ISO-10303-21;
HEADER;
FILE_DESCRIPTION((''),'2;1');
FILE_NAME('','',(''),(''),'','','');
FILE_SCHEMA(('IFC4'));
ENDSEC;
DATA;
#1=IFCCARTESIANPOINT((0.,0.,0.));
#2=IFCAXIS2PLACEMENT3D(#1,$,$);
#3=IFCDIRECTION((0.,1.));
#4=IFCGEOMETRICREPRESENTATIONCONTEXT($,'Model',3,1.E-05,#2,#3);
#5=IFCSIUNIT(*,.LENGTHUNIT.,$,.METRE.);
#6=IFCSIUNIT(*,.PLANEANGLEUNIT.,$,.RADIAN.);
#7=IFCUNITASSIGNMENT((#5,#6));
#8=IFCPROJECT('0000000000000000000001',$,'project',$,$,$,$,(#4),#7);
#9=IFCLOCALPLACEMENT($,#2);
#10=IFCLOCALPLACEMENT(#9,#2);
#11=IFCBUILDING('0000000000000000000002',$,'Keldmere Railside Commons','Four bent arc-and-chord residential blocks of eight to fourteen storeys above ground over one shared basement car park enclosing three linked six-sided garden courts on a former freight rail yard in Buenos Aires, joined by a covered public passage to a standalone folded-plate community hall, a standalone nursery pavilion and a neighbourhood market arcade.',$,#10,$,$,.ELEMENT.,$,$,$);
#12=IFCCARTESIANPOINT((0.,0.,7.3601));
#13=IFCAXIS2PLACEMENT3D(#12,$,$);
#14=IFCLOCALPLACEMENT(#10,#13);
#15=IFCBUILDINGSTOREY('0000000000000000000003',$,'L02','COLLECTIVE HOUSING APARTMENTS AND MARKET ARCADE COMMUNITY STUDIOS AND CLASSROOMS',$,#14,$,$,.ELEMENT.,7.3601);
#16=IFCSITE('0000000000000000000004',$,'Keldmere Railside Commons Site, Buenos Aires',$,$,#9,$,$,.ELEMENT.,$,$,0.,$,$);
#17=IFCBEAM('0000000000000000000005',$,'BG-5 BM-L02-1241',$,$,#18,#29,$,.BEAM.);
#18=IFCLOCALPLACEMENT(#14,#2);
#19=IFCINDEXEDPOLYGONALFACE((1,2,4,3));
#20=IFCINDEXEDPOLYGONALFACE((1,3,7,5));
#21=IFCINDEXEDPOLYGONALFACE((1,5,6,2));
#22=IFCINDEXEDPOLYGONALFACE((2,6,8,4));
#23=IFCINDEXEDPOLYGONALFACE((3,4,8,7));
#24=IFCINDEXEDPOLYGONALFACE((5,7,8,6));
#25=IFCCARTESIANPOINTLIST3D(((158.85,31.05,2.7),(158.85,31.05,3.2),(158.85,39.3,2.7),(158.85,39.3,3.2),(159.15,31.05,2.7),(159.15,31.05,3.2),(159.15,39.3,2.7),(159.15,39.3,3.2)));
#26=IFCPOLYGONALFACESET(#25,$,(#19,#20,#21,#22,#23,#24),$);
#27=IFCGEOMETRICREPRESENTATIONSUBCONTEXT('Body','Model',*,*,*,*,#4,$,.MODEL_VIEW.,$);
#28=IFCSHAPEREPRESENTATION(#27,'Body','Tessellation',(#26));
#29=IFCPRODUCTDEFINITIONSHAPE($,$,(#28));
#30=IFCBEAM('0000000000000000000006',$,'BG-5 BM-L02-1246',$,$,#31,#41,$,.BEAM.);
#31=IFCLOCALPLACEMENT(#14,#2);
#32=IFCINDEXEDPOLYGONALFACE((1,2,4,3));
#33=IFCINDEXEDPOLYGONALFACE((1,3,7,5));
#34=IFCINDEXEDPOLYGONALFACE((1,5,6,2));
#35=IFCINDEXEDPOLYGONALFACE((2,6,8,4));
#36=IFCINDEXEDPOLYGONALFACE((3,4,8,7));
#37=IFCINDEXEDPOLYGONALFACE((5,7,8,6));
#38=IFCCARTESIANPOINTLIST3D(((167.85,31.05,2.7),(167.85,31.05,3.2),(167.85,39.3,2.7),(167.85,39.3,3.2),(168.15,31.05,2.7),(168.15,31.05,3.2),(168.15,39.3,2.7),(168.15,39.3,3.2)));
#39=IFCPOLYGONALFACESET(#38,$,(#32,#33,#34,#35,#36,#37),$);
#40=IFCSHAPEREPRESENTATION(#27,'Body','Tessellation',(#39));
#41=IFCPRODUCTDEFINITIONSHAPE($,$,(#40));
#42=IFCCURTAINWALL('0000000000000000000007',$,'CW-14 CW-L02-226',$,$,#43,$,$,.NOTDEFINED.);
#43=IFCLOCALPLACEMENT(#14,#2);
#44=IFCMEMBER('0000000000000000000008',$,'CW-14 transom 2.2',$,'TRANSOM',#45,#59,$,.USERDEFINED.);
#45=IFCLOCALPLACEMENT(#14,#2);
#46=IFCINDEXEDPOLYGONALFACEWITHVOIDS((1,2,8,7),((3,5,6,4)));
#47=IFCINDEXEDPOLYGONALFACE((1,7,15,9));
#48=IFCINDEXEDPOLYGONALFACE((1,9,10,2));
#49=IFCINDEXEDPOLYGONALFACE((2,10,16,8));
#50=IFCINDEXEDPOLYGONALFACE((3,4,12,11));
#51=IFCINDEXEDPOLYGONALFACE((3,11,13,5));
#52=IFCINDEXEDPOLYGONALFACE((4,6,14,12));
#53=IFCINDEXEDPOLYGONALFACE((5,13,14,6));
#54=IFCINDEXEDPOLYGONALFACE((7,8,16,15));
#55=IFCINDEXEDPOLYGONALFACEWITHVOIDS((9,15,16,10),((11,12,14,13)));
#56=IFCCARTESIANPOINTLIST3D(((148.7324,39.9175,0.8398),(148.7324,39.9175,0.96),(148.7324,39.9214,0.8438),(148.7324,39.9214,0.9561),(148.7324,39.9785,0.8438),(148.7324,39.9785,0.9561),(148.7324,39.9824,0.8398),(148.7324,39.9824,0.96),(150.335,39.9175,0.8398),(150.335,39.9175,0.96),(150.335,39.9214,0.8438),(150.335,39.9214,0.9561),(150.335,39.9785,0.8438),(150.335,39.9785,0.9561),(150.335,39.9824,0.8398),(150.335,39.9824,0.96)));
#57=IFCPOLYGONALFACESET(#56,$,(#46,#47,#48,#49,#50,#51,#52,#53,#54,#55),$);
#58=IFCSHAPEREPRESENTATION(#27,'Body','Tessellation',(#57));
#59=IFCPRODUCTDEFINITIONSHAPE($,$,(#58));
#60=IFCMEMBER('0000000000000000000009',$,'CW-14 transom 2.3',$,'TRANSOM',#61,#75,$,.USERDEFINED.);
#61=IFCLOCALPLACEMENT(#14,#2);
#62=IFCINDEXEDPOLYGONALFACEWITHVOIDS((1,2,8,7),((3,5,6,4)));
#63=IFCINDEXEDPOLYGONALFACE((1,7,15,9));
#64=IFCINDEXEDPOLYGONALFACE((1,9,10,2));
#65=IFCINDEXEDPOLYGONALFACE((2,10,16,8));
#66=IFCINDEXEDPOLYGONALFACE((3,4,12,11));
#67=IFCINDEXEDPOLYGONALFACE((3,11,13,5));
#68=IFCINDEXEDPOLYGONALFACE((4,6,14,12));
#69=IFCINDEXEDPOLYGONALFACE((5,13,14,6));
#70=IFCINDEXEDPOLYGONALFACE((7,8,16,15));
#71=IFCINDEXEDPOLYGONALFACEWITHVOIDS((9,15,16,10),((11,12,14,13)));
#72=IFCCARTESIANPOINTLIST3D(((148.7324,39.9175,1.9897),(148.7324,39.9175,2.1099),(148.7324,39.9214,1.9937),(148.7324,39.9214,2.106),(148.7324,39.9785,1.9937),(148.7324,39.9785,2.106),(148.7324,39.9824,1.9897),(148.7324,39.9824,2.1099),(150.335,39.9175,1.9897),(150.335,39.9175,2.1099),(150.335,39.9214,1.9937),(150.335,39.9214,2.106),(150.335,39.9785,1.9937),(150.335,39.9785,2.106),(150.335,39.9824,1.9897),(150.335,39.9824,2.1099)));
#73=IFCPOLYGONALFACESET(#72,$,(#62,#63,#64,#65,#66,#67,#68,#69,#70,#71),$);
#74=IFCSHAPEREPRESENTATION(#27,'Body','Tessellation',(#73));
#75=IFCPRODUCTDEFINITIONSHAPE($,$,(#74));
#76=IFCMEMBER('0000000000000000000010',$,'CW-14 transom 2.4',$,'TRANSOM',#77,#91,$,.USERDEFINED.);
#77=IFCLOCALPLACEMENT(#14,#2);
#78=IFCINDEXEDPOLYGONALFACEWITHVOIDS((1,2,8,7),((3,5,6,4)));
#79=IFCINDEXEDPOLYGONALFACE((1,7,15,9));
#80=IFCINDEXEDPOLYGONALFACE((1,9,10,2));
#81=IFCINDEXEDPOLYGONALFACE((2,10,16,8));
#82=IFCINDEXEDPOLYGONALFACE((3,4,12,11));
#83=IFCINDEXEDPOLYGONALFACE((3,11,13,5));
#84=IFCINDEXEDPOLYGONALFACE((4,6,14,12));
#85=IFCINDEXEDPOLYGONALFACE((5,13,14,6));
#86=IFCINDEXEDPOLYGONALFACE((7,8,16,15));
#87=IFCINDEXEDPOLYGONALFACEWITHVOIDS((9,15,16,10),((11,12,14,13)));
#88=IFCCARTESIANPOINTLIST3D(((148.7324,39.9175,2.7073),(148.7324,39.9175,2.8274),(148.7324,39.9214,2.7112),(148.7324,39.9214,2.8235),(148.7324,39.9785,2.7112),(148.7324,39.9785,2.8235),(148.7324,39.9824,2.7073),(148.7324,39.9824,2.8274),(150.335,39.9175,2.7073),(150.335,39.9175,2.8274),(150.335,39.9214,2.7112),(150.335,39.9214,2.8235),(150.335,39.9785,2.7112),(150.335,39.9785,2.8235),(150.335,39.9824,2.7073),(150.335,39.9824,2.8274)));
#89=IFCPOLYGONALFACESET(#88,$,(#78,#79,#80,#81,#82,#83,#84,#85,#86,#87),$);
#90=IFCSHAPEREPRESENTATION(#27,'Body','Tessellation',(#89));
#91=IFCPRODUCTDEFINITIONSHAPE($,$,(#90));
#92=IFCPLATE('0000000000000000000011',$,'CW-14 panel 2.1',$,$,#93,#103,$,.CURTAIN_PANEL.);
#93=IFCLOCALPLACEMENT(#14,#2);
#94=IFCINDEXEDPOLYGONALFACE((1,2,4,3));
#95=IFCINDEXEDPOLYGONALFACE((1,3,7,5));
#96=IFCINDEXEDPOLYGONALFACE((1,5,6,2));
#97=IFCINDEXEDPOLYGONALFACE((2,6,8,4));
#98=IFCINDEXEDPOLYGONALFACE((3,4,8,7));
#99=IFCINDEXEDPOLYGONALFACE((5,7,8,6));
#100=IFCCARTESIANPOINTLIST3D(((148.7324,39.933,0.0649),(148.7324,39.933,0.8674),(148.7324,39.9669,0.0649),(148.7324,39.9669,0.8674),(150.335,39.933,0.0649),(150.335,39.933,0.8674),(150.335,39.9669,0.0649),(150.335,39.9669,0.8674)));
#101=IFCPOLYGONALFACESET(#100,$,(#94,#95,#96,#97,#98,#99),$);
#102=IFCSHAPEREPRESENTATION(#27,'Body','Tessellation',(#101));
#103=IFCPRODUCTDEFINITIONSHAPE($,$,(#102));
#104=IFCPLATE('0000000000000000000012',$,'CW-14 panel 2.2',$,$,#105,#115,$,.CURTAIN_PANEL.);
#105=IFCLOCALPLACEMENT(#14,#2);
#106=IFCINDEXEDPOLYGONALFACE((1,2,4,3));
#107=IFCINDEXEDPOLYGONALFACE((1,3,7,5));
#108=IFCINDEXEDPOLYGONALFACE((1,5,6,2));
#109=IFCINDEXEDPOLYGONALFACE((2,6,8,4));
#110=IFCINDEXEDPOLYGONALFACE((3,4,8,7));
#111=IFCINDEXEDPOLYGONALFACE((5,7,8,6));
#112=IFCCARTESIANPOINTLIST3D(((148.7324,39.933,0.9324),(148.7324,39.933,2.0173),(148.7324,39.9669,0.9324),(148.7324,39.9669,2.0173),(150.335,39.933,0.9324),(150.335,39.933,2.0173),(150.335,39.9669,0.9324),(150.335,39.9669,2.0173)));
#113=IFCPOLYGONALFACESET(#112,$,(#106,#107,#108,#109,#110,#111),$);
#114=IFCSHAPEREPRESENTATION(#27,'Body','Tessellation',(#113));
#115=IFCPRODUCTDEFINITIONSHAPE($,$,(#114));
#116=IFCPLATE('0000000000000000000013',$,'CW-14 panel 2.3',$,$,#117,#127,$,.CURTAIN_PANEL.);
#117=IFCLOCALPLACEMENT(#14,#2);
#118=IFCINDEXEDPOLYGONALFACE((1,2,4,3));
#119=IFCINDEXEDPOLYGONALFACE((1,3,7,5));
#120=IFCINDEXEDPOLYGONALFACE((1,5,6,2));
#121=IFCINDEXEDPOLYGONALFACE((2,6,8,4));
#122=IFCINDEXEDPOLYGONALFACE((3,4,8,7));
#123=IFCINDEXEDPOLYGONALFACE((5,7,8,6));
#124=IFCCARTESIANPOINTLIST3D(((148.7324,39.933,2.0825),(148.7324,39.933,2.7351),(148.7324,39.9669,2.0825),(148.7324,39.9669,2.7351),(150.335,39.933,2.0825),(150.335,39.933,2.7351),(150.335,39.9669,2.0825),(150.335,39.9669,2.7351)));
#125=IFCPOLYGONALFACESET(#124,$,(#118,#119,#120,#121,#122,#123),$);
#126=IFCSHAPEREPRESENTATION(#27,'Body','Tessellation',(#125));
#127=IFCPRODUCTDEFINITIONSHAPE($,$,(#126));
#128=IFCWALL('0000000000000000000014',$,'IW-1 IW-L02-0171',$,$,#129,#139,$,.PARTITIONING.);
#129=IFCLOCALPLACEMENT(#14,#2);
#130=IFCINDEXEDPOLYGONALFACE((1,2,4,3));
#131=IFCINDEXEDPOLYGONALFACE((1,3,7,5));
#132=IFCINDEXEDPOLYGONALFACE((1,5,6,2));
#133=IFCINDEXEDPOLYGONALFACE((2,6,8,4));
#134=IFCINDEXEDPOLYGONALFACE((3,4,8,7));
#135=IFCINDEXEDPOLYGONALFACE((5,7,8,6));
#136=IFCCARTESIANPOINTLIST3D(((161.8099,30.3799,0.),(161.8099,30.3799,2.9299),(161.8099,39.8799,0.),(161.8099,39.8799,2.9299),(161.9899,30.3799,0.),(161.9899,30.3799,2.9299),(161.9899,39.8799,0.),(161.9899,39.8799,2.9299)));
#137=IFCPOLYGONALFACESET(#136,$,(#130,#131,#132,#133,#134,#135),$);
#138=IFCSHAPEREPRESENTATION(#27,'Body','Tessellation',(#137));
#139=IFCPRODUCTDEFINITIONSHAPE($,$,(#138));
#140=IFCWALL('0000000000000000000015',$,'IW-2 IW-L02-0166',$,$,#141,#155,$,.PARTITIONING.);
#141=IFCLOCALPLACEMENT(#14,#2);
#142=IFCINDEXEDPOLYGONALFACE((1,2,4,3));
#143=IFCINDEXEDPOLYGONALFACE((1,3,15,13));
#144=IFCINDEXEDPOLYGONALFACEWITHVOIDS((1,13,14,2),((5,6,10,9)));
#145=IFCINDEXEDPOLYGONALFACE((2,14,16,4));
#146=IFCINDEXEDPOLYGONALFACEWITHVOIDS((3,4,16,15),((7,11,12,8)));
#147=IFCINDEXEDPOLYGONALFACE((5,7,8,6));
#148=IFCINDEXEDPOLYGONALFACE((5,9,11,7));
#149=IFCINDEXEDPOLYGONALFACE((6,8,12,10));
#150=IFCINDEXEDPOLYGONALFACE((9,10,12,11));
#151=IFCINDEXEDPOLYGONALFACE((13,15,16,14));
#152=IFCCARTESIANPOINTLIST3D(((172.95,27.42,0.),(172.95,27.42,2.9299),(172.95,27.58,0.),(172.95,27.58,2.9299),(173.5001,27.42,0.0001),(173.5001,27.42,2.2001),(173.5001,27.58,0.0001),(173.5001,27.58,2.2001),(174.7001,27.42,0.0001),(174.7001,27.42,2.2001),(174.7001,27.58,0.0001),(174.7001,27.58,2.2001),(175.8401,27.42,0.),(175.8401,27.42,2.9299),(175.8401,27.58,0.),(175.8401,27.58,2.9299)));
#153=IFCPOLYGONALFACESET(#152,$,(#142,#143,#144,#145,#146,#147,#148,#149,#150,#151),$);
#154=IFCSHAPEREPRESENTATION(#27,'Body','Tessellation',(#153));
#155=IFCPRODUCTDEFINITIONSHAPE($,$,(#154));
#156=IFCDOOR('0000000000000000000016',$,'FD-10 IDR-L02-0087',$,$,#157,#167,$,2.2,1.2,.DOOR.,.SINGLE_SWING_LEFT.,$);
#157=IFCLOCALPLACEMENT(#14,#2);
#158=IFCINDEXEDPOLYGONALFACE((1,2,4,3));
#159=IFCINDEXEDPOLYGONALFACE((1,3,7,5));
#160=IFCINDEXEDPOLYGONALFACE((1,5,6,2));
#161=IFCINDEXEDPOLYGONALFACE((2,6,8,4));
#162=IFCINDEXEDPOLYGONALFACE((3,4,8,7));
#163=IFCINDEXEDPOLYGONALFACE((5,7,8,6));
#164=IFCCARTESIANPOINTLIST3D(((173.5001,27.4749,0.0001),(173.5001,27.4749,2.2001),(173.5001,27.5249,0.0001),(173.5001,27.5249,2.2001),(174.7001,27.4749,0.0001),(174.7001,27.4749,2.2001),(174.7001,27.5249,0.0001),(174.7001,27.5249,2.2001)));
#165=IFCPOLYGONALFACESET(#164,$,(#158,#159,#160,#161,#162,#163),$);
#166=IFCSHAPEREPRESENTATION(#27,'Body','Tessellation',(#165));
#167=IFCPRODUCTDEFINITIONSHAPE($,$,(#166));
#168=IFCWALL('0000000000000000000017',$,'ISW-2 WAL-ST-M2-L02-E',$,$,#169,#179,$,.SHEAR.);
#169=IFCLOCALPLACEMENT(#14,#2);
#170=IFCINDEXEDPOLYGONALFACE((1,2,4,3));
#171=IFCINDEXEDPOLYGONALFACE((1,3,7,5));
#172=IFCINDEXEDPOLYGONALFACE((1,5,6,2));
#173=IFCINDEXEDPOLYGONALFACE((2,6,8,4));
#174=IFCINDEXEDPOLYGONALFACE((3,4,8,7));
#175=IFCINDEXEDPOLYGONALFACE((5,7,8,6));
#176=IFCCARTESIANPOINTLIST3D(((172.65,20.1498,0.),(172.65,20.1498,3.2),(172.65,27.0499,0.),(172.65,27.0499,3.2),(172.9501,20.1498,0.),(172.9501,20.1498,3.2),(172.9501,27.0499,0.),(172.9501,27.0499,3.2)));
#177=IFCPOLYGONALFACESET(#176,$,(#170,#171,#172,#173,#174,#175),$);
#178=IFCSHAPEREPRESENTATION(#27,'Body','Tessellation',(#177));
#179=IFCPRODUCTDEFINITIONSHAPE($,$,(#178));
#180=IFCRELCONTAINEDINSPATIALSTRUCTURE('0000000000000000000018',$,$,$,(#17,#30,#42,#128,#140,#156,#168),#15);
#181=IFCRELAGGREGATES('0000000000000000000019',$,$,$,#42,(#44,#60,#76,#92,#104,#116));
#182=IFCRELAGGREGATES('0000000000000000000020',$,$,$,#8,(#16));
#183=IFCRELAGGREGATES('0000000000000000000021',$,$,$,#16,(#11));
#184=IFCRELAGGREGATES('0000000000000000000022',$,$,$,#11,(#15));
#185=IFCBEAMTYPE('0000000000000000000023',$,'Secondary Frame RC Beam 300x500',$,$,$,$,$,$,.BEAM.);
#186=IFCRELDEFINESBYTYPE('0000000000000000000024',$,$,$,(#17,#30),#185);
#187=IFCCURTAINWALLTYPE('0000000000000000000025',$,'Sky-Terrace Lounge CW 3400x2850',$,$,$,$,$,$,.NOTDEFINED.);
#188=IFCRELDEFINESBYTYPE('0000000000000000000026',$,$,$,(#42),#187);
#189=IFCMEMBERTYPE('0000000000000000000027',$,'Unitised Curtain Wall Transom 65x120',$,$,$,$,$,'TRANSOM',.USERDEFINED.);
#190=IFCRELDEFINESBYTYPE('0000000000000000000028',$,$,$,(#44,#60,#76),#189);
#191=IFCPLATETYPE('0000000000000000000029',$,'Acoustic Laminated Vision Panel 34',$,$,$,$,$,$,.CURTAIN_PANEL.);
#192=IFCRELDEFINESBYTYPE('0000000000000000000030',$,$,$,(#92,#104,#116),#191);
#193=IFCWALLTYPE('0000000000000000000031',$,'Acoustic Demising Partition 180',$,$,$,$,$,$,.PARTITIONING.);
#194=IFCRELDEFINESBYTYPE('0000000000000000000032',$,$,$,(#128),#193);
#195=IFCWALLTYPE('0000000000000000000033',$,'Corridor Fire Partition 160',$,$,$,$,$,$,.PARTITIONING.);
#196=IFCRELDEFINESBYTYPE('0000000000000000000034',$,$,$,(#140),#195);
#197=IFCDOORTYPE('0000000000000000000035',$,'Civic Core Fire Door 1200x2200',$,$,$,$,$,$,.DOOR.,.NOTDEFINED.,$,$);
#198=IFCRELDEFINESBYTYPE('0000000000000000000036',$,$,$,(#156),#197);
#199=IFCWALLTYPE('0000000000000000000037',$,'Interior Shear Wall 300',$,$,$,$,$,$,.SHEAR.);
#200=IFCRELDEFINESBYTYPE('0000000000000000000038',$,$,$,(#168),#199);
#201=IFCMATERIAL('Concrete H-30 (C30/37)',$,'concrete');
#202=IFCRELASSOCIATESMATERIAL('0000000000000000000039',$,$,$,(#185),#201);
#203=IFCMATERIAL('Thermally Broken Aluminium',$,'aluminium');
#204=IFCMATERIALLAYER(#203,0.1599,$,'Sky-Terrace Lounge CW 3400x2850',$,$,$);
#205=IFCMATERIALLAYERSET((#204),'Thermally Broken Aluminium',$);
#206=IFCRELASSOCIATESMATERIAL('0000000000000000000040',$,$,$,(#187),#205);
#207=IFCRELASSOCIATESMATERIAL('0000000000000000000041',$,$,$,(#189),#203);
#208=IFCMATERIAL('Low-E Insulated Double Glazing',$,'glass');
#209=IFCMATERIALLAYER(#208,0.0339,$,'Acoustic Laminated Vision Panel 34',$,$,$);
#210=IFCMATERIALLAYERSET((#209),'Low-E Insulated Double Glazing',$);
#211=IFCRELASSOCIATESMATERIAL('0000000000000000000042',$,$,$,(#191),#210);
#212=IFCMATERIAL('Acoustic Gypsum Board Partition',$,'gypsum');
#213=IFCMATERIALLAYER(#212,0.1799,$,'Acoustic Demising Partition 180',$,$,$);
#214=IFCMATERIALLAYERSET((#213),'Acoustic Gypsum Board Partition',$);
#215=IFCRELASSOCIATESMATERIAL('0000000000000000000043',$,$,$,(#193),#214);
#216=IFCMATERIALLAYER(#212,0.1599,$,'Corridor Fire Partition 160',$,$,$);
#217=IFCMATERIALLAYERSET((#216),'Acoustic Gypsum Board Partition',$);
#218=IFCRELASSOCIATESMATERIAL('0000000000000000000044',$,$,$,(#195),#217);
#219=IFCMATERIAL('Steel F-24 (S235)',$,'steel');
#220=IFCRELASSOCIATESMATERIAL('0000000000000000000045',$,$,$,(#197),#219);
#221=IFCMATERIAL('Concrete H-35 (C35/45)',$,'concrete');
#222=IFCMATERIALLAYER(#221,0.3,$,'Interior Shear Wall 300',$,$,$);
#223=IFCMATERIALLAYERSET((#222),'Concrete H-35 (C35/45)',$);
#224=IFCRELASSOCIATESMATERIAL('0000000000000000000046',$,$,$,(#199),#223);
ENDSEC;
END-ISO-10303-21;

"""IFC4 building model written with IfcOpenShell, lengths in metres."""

from ifc_helpers import new_model, si_unit, direction, frame, frame_2d, origin, origin_2d, place, context, subcontext, project, spatial, rectangle, hollow_rectangle, extrude, material, layer, layer_set, material_profile, profile_set, type_object, element, fill, aggregate, save


model = new_model("IFC4")

# Units and contexts
model_context = context("Model", 3, precision=1e-05, world=origin(), true_north=direction((0.0, 1.0)))
body_context = subcontext(model_context, "Body", "Model", "MODEL_VIEW")
ifc_project = project(units=[si_unit("LENGTHUNIT", "METRE"), si_unit("PLANEANGLEUNIT", "RADIAN")], contexts=[model_context])

# Site, building, storey
site_placement = place(None, origin())
site = spatial("IfcSite", under=ifc_project, at=site_placement, Name="Keldmere Railside Commons Site, Buenos Aires", CompositionType="ELEMENT", RefElevation=0.0)
building_placement = place(site_placement, origin())
building = spatial("IfcBuilding", under=site, at=building_placement, Name="Keldmere Railside Commons", Description="Four bent arc-and-chord residential blocks of eight to fourteen storeys above ground over one shared basement car park enclosing three linked six-sided garden courts on a former freight rail yard in Buenos Aires, joined by a covered public passage to a standalone folded-plate community hall, a standalone nursery pavilion and a neighbourhood market arcade.", CompositionType="ELEMENT")
storey_placement = place(building_placement, frame((0.0, 0.0, 7.3601)))
storey = spatial("IfcBuildingStorey", under=building, at=storey_placement, Name="L02", Description="COLLECTIVE HOUSING APARTMENTS AND MARKET ARCADE COMMUNITY STUDIOS AND CLASSROOMS", CompositionType="ELEMENT", Elevation=7.3601)

# Shared definitions
ifc_material_1 = material(Name="Concrete H-35 (C35/45)", Category="concrete")

# Beams
ifc_material_2 = material(Name="Concrete H-30 (C30/37)", Category="concrete")
ifc_material_profile_1 = material_profile(ifc_material_2, rectangle(XDim=0.3, YDim=0.5, at=origin_2d()), Name="RC-300x500")
ifc_profile_set_1 = profile_set([ifc_material_profile_1], Name="Concrete H-30 (C30/37)")
beam_type_1 = type_object("IfcBeamType", Name="Secondary Frame RC Beam 300x500", PredefinedType="BEAM", material=ifc_profile_set_1)
for number, where, z_axis, x_axis, name in (
    (1, (159.0, 31.05, 2.95), (0.0, 1.0, 0.0), (-1.0, 0.0, 0.0), "BG-5 BM-L02-1241"),
    (2, (168.0, 31.05, 2.95), (0.0, 1.0, 0.0), (-1.0, 0.0, 0.0), "BG-5 BM-L02-1246"),
):
    element("IfcBeam", number, at=place(storey_placement, frame(where, z_axis=z_axis, x_axis=x_axis)), inside=storey, type_object=beam_type_1, Name=name, PredefinedType="BEAM", context=body_context, shape_type="SweptSolid", body=[
        extrude(rectangle(XDim=0.3, YDim=0.5, at=origin_2d()), origin(), (0.0, 0.0, 1.0), 8.25),
    ])

# Curtain wall, members, plates
ifc_material_3 = material(Name="Thermally Broken Aluminium", Category="aluminium")
ifc_layer_1 = layer(ifc_material_3, 0.1599, Name="Sky-Terrace Lounge CW 3400x2850")
ifc_layer_set_1 = layer_set([ifc_layer_1], Name="Thermally Broken Aluminium")
curtain_wall_type = type_object("IfcCurtainWallType", Name="Sky-Terrace Lounge CW 3400x2850", PredefinedType="NOTDEFINED", material=ifc_layer_set_1)
curtain_wall_placement = place(storey_placement, origin())
curtain_wall = element("IfcCurtainWall", 3, at=curtain_wall_placement, inside=storey, type_object=curtain_wall_type, Name="CW-14 CW-L02-226", PredefinedType="NOTDEFINED")
ifc_material_profile_2 = material_profile(ifc_material_3, hollow_rectangle(XDim=0.0649, YDim=0.1201, WallThickness=0.0039, at=origin_2d()), Name="ALU-TRAN-65x120")
ifc_profile_set_2 = profile_set([ifc_material_profile_2], Name="Thermally Broken Aluminium")
member_type = type_object("IfcMemberType", Name="Unitised Curtain Wall Transom 65x120", ElementType="TRANSOM", PredefinedType="USERDEFINED", material=ifc_profile_set_2)
member_1_placement = place(storey_placement, frame((148.7324, 39.95, 0.8999), z_axis=(1.0, 0.0, 0.0), x_axis=(0.0, 1.0, 0.0)))
member_1 = element("IfcMember", 4, at=member_1_placement, type_object=member_type, Name="CW-14 transom 2.2", ObjectType="TRANSOM", PredefinedType="USERDEFINED", context=body_context, shape_type="SweptSolid", body=[
    extrude(hollow_rectangle(XDim=0.0649, YDim=0.1201, WallThickness=0.0039, at=origin_2d()), origin(), (0.0, 0.0, 1.0), 1.6025),
])
member_2_placement = place(storey_placement, frame((148.7324, 39.95, 2.0498), z_axis=(1.0, 0.0, 0.0), x_axis=(0.0, 1.0, 0.0)))
member_2 = element("IfcMember", 5, at=member_2_placement, type_object=member_type, Name="CW-14 transom 2.3", ObjectType="TRANSOM", PredefinedType="USERDEFINED", context=body_context, shape_type="SweptSolid", body=[
    extrude(hollow_rectangle(XDim=0.0649, YDim=0.1201, WallThickness=0.0039, at=origin_2d()), origin(), (0.0, 0.0, 1.0), 1.6025),
])
member_3_placement = place(storey_placement, frame((148.7324, 39.95, 2.7673), z_axis=(1.0, 0.0, 0.0), x_axis=(0.0, 1.0, 0.0)))
member_3 = element("IfcMember", 6, at=member_3_placement, type_object=member_type, Name="CW-14 transom 2.4", ObjectType="TRANSOM", PredefinedType="USERDEFINED", context=body_context, shape_type="SweptSolid", body=[
    extrude(hollow_rectangle(XDim=0.0649, YDim=0.1201, WallThickness=0.0039, at=origin_2d()), origin(), (0.0, 0.0, 1.0), 1.6025),
])
ifc_material_4 = material(Name="Low-E Insulated Double Glazing", Category="glass")
ifc_layer_2 = layer(ifc_material_4, 0.0339, Name="Acoustic Laminated Vision Panel 34")
ifc_layer_set_2 = layer_set([ifc_layer_2], Name="Low-E Insulated Double Glazing")
plate_type = type_object("IfcPlateType", Name="Acoustic Laminated Vision Panel 34", PredefinedType="CURTAIN_PANEL", material=ifc_layer_set_2)
plate_1_placement = place(storey_placement, frame((149.5337, 39.95, 0.0649), z_axis=(0.0, 0.0, 1.0), x_axis=(1.0, 0.0, 0.0)))
plate_1 = element("IfcPlate", 7, at=plate_1_placement, type_object=plate_type, Name="CW-14 panel 2.1", PredefinedType="CURTAIN_PANEL", context=body_context, shape_type="SweptSolid", body=[
    extrude(rectangle(XDim=1.6025, YDim=0.0339, at=origin_2d()), origin(), (0.0, 0.0, 1.0), 0.8025),
])
plate_2_placement = place(storey_placement, frame((149.5337, 39.95, 0.9324), z_axis=(0.0, 0.0, 1.0), x_axis=(1.0, 0.0, 0.0)))
plate_2 = element("IfcPlate", 8, at=plate_2_placement, type_object=plate_type, Name="CW-14 panel 2.2", PredefinedType="CURTAIN_PANEL", context=body_context, shape_type="SweptSolid", body=[
    extrude(rectangle(XDim=1.6025, YDim=0.0339, at=origin_2d()), origin(), (0.0, 0.0, 1.0), 1.085),
])
plate_3_placement = place(storey_placement, frame((149.5337, 39.95, 2.0825), z_axis=(0.0, 0.0, 1.0), x_axis=(1.0, 0.0, 0.0)))
plate_3 = element("IfcPlate", 9, at=plate_3_placement, type_object=plate_type, Name="CW-14 panel 2.3", PredefinedType="CURTAIN_PANEL", context=body_context, shape_type="SweptSolid", body=[
    extrude(rectangle(XDim=1.6025, YDim=0.0339, at=origin_2d()), origin(), (0.0, 0.0, 1.0), 0.6526),
])
aggregate(curtain_wall, [member_1, member_2, member_3, plate_1, plate_2, plate_3])

# Wall
ifc_material_5 = material(Name="Acoustic Gypsum Board Partition", Category="gypsum")
ifc_layer_3 = layer(ifc_material_5, 0.1799, Name="Acoustic Demising Partition 180")
ifc_layer_set_3 = layer_set([ifc_layer_3], Name="Acoustic Gypsum Board Partition")
wall_type_1 = type_object("IfcWallType", Name="Acoustic Demising Partition 180", PredefinedType="PARTITIONING", material=ifc_layer_set_3)
wall_1_placement = place(storey_placement, frame((161.8999, 30.3799, 0.0), z_axis=(0.0, 0.0, 1.0), x_axis=(0.0, 1.0, 0.0)))
element("IfcWall", 10, at=wall_1_placement, inside=storey, type_object=wall_type_1, Name="IW-1 IW-L02-0171", PredefinedType="PARTITIONING", context=body_context, shape_type="SweptSolid", body=[
    extrude(rectangle(XDim=9.5, YDim=0.1799, at=frame_2d((4.75, 0.0))), origin(), (0.0, 0.0, 1.0), 2.9299),
])

# Wall, opening, door
ifc_layer_4 = layer(ifc_material_5, 0.1599, Name="Corridor Fire Partition 160")
ifc_layer_set_4 = layer_set([ifc_layer_4], Name="Acoustic Gypsum Board Partition")
wall_type_2 = type_object("IfcWallType", Name="Corridor Fire Partition 160", PredefinedType="PARTITIONING", material=ifc_layer_set_4)
wall_2_placement = place(storey_placement, frame((172.95, 27.5, 0.0), z_axis=(0.0, 0.0, 1.0), x_axis=(1.0, 0.0, 0.0)))
wall_2 = element("IfcWall", 11, at=wall_2_placement, inside=storey, type_object=wall_type_2, Name="IW-2 IW-L02-0166", PredefinedType="PARTITIONING", context=body_context, shape_type="SweptSolid", body=[
    extrude(rectangle(XDim=2.8901, YDim=0.1599, at=frame_2d((1.4451, 0.0))), origin(), (0.0, 0.0, 1.0), 2.9299),
])
opening_placement = place(wall_2_placement, frame((0.55, 0.0, 0.0)))
opening = element("IfcOpeningElement", 12, at=opening_placement, cuts=wall_2, PredefinedType="OPENING", context=body_context, shape_type="SweptSolid", body=[
    extrude(rectangle(XDim=1.2, YDim=2.2, at=frame_2d((0.6001, 1.1001))), frame((0.0, 0.0898, 0.0), z_axis=(0.0, -1.0, 0.0), x_axis=(1.0, 0.0, 0.0)), (0.0, 0.0, 1.0), 0.1799),
])
ifc_material_6 = material(Name="Steel F-24 (S235)", Category="steel")
door_type = type_object("IfcDoorType", Name="Civic Core Fire Door 1200x2200", OperationType="NOTDEFINED", PredefinedType="DOOR", material=ifc_material_6)
door_placement = place(opening_placement, origin())
door = element("IfcDoor", 13, at=door_placement, inside=storey, type_object=door_type, Name="FD-10 IDR-L02-0087", OperationType="SINGLE_SWING_LEFT", OverallHeight=2.2, OverallWidth=1.2, PredefinedType="DOOR", context=body_context, shape_type="SweptSolid", body=[
    extrude(rectangle(XDim=1.2, YDim=2.2, at=frame_2d((0.6001, 1.1001))), frame((0.0, 0.0249, 0.0), z_axis=(0.0, -1.0, 0.0), x_axis=(1.0, 0.0, 0.0)), (0.0, 0.0, 1.0), 0.05),
])
fill(opening, door)

# Wall
ifc_layer_5 = layer(ifc_material_1, 0.3, Name="Interior Shear Wall 300")
ifc_layer_set_5 = layer_set([ifc_layer_5], Name="Concrete H-35 (C35/45)")
wall_type_3 = type_object("IfcWallType", Name="Interior Shear Wall 300", PredefinedType="SHEAR", material=ifc_layer_set_5)
wall_3_placement = place(storey_placement, frame((172.8, 27.05, 0.0), z_axis=(0.0, 0.0, 1.0), x_axis=(0.0, -1.0, 0.0)))
element("IfcWall", 14, at=wall_3_placement, inside=storey, type_object=wall_type_3, Name="ISW-2 WAL-ST-M2-L02-E", PredefinedType="SHEAR", context=body_context, shape_type="SweptSolid", body=[
    extrude(rectangle(XDim=6.9001, YDim=0.3, at=frame_2d((3.4502, 0.0))), origin(), (0.0, 0.0, 1.0), 3.2),
])

save(model, "model.ifc")
